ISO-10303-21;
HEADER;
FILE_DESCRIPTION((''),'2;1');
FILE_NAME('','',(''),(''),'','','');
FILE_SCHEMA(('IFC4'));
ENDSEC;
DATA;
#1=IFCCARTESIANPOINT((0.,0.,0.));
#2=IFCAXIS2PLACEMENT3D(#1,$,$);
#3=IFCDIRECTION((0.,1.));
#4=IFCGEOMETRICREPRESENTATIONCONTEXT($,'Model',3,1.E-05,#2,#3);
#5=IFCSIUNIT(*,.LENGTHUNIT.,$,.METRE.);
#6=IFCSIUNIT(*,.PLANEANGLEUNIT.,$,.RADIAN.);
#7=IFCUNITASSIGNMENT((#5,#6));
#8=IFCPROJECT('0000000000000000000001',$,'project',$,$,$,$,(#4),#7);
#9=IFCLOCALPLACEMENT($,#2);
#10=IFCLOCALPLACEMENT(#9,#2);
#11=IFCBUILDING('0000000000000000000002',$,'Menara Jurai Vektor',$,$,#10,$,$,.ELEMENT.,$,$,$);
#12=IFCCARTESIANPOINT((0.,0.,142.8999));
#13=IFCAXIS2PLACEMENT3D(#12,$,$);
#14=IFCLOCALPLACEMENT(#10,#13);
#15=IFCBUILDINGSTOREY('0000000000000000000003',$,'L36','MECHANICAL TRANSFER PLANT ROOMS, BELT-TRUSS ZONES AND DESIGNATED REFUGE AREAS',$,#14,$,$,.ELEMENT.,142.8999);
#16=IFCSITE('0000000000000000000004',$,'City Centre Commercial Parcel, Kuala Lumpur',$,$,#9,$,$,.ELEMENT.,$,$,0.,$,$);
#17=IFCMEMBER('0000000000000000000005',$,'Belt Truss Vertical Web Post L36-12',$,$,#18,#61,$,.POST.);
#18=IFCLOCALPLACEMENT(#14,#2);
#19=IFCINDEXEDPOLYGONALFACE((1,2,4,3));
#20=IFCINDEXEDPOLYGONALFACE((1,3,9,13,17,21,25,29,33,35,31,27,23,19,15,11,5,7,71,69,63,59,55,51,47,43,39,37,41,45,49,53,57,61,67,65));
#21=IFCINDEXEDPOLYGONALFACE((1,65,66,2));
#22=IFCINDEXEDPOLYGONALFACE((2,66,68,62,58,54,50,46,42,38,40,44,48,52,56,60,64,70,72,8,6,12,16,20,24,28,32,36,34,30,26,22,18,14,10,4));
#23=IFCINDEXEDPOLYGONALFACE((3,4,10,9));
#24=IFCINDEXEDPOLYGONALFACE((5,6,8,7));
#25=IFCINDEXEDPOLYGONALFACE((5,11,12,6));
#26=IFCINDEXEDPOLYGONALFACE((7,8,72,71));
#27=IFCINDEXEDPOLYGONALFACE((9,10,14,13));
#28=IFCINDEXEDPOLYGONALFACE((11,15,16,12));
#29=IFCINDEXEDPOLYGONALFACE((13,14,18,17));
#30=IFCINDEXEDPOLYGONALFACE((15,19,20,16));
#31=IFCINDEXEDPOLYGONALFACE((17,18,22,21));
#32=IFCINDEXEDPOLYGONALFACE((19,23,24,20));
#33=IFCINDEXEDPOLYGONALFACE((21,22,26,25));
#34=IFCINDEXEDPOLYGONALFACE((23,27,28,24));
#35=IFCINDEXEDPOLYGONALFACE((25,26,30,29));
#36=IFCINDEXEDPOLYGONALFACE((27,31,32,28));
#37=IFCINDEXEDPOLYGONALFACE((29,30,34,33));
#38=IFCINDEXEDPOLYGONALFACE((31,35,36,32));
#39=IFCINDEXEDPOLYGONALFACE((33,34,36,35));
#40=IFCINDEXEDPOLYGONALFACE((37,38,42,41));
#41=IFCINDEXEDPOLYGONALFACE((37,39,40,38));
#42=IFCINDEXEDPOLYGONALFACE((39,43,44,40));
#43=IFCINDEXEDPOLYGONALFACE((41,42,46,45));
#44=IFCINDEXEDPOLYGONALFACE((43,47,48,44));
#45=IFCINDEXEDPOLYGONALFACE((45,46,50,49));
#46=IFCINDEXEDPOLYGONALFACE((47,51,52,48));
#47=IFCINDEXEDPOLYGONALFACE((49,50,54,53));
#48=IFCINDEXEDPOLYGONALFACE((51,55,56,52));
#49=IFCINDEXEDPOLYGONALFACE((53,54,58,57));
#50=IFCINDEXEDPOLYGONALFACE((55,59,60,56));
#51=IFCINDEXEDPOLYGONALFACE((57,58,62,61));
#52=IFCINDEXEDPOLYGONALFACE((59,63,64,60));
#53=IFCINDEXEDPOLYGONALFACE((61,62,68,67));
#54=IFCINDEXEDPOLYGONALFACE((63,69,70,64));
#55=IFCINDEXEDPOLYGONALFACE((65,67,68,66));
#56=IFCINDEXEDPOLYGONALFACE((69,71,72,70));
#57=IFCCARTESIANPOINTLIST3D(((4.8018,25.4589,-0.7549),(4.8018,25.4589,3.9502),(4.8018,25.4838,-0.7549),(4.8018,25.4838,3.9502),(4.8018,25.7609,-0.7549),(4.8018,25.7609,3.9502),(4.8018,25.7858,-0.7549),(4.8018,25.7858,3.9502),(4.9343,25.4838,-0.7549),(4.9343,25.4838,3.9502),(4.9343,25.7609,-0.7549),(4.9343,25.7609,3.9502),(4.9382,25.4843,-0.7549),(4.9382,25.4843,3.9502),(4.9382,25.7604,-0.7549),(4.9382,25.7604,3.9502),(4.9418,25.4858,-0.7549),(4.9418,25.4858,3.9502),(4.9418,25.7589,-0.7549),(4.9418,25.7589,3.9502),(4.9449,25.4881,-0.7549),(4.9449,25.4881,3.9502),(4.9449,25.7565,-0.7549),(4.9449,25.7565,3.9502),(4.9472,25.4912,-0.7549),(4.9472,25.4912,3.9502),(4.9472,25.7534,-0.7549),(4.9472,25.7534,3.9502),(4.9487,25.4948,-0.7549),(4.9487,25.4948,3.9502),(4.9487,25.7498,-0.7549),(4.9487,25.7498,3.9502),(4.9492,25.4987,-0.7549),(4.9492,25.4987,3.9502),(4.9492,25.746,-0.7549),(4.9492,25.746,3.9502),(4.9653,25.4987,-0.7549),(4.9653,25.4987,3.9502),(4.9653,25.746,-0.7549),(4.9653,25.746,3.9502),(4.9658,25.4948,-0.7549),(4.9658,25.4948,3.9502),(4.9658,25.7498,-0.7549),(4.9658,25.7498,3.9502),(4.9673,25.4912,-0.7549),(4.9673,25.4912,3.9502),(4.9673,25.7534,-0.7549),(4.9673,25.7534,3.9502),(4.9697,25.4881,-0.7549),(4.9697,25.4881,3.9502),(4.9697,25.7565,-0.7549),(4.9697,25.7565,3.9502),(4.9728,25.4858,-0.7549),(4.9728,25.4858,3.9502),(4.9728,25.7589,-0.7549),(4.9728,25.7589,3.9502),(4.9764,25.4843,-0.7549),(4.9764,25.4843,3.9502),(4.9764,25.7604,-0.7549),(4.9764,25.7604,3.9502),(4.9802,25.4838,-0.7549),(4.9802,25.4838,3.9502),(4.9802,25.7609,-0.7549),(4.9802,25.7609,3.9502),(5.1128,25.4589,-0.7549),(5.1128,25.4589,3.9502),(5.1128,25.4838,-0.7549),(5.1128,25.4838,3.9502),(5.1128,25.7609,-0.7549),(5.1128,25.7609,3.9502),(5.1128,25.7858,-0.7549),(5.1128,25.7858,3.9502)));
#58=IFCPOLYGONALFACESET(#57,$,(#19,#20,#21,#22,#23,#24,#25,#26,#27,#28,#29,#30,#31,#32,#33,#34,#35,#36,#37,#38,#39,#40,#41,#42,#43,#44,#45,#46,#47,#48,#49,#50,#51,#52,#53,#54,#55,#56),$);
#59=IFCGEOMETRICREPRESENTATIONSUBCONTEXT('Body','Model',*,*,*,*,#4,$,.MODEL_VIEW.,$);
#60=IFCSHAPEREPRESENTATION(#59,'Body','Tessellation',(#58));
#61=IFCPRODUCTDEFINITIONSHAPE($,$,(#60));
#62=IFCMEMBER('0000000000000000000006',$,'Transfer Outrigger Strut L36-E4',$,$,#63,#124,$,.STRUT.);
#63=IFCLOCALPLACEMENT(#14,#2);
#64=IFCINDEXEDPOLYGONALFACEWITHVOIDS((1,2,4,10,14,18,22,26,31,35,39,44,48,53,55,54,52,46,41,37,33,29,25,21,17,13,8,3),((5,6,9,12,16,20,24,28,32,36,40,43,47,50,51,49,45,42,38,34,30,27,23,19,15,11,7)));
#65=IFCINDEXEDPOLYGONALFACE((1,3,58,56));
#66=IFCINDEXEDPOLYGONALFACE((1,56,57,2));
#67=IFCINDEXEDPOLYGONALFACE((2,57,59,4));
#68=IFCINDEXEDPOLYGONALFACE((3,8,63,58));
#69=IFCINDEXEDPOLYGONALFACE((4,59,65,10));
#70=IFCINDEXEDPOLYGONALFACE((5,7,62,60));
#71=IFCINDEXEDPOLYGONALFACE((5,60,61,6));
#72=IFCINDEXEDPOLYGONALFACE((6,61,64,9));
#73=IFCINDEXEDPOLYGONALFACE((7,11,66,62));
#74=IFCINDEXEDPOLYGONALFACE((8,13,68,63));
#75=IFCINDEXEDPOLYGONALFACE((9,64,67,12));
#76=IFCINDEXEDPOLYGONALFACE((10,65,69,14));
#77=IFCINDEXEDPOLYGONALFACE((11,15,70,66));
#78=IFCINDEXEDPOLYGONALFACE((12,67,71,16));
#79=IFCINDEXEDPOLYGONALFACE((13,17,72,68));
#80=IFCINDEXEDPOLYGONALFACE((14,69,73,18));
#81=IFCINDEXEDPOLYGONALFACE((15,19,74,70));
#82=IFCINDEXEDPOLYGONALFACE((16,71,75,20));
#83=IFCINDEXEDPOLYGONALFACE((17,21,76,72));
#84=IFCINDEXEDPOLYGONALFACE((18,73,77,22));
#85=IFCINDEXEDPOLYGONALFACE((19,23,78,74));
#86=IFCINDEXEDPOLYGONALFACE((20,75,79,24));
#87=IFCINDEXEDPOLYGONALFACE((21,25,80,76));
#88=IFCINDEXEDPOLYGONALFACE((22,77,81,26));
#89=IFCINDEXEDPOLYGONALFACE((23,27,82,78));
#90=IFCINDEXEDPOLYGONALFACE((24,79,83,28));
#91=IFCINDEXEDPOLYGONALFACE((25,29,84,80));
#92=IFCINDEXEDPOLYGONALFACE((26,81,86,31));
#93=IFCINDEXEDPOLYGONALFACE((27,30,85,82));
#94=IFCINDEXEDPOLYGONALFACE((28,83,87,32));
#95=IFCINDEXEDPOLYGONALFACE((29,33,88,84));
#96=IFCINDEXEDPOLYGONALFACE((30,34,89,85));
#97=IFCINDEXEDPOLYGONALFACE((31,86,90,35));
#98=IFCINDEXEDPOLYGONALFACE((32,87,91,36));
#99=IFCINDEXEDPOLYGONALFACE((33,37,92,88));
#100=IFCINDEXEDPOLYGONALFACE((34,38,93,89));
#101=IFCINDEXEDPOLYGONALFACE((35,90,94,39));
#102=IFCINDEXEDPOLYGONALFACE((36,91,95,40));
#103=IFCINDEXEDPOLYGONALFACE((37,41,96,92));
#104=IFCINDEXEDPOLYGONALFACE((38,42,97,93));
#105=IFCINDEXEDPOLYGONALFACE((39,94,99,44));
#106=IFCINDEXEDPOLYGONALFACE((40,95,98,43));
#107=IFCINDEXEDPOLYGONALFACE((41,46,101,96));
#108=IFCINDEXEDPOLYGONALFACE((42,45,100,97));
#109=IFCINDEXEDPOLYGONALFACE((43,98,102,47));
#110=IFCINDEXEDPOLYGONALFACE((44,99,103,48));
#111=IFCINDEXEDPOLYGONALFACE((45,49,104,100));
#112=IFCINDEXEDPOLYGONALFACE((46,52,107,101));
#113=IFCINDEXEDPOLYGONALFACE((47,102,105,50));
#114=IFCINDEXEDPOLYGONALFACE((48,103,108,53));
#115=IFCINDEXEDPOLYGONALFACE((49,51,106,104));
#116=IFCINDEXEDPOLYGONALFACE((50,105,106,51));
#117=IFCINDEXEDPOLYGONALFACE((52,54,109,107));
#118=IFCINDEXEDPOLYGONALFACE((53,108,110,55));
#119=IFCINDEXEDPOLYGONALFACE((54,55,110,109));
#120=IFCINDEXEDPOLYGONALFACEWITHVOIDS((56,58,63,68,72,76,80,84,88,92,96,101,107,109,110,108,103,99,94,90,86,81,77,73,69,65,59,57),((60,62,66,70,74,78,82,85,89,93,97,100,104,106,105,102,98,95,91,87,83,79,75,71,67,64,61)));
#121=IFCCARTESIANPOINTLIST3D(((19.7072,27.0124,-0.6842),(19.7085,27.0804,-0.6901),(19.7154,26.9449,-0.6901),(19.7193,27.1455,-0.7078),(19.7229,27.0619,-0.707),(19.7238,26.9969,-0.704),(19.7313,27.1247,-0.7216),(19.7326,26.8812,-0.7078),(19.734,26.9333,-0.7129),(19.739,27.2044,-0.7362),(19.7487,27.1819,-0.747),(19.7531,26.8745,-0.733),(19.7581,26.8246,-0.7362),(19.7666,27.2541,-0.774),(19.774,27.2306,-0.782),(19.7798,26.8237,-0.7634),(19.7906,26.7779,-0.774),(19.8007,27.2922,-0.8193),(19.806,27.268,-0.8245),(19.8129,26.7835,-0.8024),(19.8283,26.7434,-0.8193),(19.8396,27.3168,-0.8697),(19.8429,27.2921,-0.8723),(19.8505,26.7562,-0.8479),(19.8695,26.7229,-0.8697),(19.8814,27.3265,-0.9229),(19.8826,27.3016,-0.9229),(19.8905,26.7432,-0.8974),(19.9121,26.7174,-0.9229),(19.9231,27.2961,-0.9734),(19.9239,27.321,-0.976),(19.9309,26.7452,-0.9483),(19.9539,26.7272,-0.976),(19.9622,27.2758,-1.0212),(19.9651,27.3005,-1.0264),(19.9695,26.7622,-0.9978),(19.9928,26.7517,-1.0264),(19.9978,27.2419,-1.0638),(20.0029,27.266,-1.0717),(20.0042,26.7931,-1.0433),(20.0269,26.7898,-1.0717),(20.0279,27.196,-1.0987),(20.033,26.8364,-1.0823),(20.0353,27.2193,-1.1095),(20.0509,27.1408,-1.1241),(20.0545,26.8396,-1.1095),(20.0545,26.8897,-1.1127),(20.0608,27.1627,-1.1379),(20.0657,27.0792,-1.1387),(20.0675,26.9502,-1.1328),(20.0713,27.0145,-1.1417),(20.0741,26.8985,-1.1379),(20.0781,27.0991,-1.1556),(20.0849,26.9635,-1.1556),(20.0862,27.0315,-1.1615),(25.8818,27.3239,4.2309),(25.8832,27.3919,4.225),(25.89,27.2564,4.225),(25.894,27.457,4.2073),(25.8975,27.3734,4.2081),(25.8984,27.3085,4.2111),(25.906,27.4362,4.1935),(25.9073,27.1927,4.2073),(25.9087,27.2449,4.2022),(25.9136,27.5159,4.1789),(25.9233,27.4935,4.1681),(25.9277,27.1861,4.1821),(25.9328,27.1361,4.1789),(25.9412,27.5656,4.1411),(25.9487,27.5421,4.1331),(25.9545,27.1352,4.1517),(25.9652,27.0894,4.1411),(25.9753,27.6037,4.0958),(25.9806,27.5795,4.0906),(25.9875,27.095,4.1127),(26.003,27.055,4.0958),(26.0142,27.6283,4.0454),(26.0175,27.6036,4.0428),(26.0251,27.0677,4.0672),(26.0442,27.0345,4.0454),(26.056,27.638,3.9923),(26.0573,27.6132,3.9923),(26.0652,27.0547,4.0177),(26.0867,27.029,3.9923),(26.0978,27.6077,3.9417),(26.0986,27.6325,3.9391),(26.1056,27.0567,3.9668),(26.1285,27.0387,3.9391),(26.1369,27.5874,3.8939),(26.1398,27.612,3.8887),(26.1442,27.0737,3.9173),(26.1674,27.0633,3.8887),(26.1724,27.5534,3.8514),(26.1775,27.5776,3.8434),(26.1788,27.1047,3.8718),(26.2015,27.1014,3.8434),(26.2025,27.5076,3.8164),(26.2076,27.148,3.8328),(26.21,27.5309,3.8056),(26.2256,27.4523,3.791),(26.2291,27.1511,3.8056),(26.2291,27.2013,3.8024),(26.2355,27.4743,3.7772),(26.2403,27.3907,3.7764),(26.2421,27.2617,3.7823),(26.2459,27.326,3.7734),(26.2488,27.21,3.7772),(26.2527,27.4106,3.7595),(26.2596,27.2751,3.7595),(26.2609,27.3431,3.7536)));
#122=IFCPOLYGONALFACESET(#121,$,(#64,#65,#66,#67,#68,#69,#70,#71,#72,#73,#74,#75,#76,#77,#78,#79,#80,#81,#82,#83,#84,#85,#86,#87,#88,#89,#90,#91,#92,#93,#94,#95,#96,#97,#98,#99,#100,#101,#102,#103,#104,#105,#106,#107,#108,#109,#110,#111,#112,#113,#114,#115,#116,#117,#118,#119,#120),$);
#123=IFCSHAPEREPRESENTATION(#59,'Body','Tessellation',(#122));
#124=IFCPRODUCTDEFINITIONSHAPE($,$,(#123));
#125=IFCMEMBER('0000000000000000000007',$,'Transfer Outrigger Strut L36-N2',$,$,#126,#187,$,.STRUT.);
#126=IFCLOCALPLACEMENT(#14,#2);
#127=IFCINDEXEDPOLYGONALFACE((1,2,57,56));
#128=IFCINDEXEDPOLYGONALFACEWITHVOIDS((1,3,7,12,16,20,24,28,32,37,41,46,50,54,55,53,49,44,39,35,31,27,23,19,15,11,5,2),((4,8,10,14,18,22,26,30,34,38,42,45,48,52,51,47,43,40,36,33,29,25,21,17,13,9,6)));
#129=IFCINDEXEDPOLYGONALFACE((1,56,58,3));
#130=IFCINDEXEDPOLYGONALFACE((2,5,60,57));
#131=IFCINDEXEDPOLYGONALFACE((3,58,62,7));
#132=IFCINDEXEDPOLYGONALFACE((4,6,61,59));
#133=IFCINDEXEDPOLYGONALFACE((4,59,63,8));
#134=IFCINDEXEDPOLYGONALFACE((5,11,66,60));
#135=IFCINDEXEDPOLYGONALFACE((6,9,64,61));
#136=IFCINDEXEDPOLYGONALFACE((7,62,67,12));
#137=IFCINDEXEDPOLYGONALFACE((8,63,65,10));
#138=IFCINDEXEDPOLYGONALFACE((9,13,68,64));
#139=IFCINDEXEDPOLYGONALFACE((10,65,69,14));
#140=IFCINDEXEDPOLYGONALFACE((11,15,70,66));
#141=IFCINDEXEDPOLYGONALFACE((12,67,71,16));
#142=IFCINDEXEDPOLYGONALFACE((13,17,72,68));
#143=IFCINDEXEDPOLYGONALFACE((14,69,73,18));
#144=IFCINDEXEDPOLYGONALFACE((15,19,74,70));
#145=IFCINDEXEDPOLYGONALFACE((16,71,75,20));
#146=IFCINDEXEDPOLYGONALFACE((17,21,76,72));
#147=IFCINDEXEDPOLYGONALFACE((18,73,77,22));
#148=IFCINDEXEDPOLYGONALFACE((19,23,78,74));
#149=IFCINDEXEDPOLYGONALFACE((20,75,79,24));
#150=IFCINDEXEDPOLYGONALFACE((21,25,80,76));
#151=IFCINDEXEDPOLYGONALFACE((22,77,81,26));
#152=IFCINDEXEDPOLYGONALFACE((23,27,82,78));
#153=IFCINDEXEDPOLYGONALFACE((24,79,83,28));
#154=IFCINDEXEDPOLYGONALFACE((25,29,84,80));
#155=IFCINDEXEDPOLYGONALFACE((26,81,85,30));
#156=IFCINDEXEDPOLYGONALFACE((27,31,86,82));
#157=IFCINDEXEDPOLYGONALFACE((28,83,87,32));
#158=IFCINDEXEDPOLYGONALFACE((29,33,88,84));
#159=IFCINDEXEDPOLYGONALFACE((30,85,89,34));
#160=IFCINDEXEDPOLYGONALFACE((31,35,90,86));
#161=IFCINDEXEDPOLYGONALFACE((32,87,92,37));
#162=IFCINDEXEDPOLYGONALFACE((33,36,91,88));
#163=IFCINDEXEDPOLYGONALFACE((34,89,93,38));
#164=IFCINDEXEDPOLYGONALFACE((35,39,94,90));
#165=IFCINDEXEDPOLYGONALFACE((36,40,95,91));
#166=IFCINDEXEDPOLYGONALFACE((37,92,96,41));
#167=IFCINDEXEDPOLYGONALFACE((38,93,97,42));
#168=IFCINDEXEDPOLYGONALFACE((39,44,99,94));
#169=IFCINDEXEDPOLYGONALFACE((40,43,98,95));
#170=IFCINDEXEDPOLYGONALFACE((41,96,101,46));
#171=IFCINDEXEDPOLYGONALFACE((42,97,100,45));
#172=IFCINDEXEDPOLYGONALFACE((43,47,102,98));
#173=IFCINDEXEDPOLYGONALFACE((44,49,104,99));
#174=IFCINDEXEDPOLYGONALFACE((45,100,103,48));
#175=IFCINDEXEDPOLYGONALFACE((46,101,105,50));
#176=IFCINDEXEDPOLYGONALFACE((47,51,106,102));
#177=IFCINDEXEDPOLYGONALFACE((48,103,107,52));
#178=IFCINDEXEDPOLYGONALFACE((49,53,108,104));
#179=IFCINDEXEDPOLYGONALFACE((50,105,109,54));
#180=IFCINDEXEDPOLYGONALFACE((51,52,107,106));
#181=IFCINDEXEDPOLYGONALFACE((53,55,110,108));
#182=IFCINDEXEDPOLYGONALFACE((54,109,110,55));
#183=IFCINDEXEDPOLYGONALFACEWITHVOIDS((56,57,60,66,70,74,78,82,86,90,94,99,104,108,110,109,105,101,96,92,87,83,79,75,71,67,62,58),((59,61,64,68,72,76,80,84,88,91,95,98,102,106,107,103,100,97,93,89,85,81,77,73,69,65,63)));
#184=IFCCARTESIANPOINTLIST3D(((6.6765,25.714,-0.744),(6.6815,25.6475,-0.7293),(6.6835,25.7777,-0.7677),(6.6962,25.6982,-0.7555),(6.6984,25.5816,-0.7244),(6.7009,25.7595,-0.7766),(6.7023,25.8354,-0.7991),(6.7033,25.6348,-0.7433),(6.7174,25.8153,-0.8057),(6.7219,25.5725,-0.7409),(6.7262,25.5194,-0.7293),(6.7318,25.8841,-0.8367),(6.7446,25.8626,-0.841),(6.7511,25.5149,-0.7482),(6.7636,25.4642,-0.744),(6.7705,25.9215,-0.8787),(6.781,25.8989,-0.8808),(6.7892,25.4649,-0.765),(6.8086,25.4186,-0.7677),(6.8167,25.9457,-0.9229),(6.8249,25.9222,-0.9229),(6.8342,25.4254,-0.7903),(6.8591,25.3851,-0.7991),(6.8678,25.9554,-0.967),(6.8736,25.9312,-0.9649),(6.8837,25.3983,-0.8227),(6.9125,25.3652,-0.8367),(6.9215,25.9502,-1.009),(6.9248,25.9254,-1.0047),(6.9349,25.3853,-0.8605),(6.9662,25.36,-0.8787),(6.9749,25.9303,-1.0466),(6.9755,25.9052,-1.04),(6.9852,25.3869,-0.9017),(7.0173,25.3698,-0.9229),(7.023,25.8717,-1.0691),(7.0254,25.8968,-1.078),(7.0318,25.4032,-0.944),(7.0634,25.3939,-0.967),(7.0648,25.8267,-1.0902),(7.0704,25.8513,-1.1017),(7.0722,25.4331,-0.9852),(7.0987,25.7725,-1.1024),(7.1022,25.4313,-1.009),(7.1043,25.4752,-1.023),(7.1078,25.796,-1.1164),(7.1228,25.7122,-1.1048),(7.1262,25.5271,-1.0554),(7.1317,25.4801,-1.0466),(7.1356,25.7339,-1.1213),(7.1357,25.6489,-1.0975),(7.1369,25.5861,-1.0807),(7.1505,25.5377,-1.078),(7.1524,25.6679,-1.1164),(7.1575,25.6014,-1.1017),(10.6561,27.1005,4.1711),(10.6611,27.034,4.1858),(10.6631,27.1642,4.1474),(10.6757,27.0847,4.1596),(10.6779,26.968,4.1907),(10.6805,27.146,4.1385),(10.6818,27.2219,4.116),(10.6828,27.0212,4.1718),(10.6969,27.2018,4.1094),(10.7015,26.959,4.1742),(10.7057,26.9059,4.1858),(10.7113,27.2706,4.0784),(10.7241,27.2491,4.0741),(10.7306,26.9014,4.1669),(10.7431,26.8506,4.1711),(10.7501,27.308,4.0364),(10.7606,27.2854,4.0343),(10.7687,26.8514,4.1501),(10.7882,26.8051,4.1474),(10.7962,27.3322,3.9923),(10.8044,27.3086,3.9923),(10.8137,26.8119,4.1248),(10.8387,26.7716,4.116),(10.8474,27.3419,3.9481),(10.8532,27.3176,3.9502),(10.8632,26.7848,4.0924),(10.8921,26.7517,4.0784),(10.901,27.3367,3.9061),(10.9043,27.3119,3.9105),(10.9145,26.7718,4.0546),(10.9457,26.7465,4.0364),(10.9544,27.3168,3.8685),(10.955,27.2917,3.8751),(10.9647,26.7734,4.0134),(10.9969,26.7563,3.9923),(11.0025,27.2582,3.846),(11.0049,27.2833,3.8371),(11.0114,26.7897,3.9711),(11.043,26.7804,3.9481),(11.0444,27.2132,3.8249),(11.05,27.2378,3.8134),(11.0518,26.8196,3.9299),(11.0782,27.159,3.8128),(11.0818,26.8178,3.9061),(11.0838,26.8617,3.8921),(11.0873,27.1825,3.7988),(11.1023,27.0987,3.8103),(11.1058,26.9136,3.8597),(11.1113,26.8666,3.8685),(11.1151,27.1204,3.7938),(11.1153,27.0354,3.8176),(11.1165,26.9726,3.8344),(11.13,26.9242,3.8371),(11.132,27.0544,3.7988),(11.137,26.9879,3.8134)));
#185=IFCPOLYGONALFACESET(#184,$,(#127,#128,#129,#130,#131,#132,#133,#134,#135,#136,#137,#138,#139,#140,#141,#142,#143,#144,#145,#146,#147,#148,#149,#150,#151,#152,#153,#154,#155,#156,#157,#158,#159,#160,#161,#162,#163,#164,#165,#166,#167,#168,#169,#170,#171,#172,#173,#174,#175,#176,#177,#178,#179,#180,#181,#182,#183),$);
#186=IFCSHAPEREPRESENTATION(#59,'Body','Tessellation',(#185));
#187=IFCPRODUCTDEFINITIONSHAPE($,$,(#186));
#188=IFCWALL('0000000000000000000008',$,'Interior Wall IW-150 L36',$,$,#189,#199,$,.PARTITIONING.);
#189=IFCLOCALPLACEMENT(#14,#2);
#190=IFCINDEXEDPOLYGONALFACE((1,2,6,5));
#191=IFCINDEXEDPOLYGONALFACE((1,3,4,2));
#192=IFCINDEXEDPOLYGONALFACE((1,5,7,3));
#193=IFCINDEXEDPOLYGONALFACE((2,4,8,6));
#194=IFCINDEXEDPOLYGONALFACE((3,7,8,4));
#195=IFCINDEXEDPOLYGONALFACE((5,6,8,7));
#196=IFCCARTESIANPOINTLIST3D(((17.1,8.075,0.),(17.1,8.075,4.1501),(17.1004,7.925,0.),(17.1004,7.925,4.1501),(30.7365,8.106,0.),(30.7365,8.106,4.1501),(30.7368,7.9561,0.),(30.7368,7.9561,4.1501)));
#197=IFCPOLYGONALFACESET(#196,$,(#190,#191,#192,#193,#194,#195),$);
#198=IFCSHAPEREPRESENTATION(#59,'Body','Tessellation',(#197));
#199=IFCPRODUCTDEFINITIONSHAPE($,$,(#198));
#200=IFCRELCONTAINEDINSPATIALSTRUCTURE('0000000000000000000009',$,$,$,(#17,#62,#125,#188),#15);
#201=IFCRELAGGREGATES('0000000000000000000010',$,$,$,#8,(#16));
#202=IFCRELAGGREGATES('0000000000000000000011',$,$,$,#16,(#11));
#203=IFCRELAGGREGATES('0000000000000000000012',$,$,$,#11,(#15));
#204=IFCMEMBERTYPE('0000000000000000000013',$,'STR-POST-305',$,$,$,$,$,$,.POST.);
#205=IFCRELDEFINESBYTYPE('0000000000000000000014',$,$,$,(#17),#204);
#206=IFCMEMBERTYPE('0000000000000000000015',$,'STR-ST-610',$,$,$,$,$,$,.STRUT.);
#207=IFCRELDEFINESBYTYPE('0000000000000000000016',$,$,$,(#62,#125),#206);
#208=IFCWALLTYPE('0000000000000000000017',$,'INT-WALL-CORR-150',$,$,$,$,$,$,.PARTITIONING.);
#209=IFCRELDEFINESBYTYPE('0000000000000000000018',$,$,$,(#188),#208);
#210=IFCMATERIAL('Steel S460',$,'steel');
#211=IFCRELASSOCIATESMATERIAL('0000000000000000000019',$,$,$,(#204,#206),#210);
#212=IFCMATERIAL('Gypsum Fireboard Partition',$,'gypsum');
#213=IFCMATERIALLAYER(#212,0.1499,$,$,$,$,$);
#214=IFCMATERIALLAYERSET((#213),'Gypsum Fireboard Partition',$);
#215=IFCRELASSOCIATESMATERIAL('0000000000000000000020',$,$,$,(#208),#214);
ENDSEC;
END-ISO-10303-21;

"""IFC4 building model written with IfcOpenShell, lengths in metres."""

from ifc_helpers import new_model, si_unit, direction, frame, frame_2d, origin, origin_2d, place, context, subcontext, project, spatial, rectangle, hollow_circle, i_section, extrude, material, layer, layer_set, material_profile, profile_set, type_object, element, save


model = new_model("IFC4")

# Units and contexts
model_context = context("Model", 3, precision=1e-05, world=origin(), true_north=direction((0.0, 1.0)))
body_context = subcontext(model_context, "Body", "Model", "MODEL_VIEW")
ifc_project = project(units=[si_unit("LENGTHUNIT", "METRE"), si_unit("PLANEANGLEUNIT", "RADIAN")], contexts=[model_context])

# Site, building, storey
site_placement = place(None, origin())
site = spatial("IfcSite", under=ifc_project, at=site_placement, Name="City Centre Commercial Parcel, Kuala Lumpur", CompositionType="ELEMENT", RefElevation=0.0)
building_placement = place(site_placement, origin())
building = spatial("IfcBuilding", under=site, at=building_placement, Name="Menara Jurai Vektor", CompositionType="ELEMENT")
storey_placement = place(building_placement, frame((0.0, 0.0, 142.8999)))
storey = spatial("IfcBuildingStorey", under=building, at=storey_placement, Name="L36", Description="MECHANICAL TRANSFER PLANT ROOMS, BELT-TRUSS ZONES AND DESIGNATED REFUGE AREAS", CompositionType="ELEMENT", Elevation=142.8999)

# Shared definitions
ifc_material_1 = material(Name="Steel S460", Category="steel")

# Members
ifc_material_profile_1 = material_profile(ifc_material_1, i_section(OverallWidth=0.311, OverallDepth=0.3269, WebThickness=0.0161, FlangeThickness=0.0249, FilletRadius=0.0149, at=origin_2d()), Name="UKC 305x305x158")
ifc_profile_set_1 = profile_set([ifc_material_profile_1], Name="Steel S460")
member_type_1 = type_object("IfcMemberType", Name="STR-POST-305", PredefinedType="POST", material=ifc_profile_set_1)
member_1_placement = place(storey_placement, frame((4.9573, 25.6223, -0.7549), z_axis=(0.0, 0.0, 1.0), x_axis=(1.0, 0.0, 0.0)))
element("IfcMember", 1, at=member_1_placement, inside=storey, type_object=member_type_1, Name="Belt Truss Vertical Web Post L36-12", PredefinedType="POST", context=body_context, shape_type="SweptSolid", body=[
    extrude(i_section(OverallWidth=0.311, OverallDepth=0.3269, WebThickness=0.0161, FlangeThickness=0.0249, FilletRadius=0.0149, at=origin_2d()), origin(), (0.0, 0.0, 1.0), 4.7051),
])
ifc_material_profile_2 = material_profile(ifc_material_1, hollow_circle(Radius=0.3049, WallThickness=0.0249, at=origin_2d()), Name="CHS 610x25")
ifc_profile_set_2 = profile_set([ifc_material_profile_2], Name="Steel S460")
member_type_2 = type_object("IfcMemberType", Name="STR-ST-610", PredefinedType="STRUT", material=ifc_profile_set_2)
member_2_placement = place(storey_placement, frame((19.8967, 27.022, -0.9229), z_axis=(0.781779, 0.039443, 0.622307), x_axis=(-0.050389, 0.99873, 0.0)))
element("IfcMember", 2, at=member_2_placement, inside=storey, type_object=member_type_2, Name="Transfer Outrigger Strut L36-E4", PredefinedType="STRUT", context=body_context, shape_type="SweptSolid", body=[
    extrude(hollow_circle(Radius=0.3049, WallThickness=0.0249, at=origin_2d()), origin(), (0.0, 0.0, 1.0), 7.8982),
])
member_3_placement = place(storey_placement, frame((6.917, 25.6577, -0.9229), z_axis=(0.614662, 0.214151, 0.759164), x_axis=(-0.329008, 0.944327, 0.0)))
element("IfcMember", 3, at=member_3_placement, inside=storey, type_object=member_type_2, Name="Transfer Outrigger Strut L36-N2", PredefinedType="STRUT", context=body_context, shape_type="SweptSolid", body=[
    extrude(hollow_circle(Radius=0.3049, WallThickness=0.0249, at=origin_2d()), origin(), (0.0, 0.0, 1.0), 6.4744),
])

# Wall
ifc_material_2 = material(Name="Gypsum Fireboard Partition", Category="gypsum")
ifc_layer_1 = layer(ifc_material_2, 0.1499)
ifc_layer_set_1 = layer_set([ifc_layer_1], Name="Gypsum Fireboard Partition")
wall_type = type_object("IfcWallType", Name="INT-WALL-CORR-150", PredefinedType="PARTITIONING", material=ifc_layer_set_1)
wall_placement = place(storey_placement, frame((17.1001, 8.0, 0.0), z_axis=(0.0, 0.0, 1.0), x_axis=(0.999997, 0.002274, 0.0)))
element("IfcWall", 4, at=wall_placement, inside=storey, type_object=wall_type, Name="Interior Wall IW-150 L36", PredefinedType="PARTITIONING", context=body_context, shape_type="SweptSolid", body=[
    extrude(rectangle(XDim=13.6365, YDim=0.1499, at=frame_2d((6.8184, 0.0))), origin(), (0.0, 0.0, 1.0), 4.1501),
])

save(model, "model.ifc")
